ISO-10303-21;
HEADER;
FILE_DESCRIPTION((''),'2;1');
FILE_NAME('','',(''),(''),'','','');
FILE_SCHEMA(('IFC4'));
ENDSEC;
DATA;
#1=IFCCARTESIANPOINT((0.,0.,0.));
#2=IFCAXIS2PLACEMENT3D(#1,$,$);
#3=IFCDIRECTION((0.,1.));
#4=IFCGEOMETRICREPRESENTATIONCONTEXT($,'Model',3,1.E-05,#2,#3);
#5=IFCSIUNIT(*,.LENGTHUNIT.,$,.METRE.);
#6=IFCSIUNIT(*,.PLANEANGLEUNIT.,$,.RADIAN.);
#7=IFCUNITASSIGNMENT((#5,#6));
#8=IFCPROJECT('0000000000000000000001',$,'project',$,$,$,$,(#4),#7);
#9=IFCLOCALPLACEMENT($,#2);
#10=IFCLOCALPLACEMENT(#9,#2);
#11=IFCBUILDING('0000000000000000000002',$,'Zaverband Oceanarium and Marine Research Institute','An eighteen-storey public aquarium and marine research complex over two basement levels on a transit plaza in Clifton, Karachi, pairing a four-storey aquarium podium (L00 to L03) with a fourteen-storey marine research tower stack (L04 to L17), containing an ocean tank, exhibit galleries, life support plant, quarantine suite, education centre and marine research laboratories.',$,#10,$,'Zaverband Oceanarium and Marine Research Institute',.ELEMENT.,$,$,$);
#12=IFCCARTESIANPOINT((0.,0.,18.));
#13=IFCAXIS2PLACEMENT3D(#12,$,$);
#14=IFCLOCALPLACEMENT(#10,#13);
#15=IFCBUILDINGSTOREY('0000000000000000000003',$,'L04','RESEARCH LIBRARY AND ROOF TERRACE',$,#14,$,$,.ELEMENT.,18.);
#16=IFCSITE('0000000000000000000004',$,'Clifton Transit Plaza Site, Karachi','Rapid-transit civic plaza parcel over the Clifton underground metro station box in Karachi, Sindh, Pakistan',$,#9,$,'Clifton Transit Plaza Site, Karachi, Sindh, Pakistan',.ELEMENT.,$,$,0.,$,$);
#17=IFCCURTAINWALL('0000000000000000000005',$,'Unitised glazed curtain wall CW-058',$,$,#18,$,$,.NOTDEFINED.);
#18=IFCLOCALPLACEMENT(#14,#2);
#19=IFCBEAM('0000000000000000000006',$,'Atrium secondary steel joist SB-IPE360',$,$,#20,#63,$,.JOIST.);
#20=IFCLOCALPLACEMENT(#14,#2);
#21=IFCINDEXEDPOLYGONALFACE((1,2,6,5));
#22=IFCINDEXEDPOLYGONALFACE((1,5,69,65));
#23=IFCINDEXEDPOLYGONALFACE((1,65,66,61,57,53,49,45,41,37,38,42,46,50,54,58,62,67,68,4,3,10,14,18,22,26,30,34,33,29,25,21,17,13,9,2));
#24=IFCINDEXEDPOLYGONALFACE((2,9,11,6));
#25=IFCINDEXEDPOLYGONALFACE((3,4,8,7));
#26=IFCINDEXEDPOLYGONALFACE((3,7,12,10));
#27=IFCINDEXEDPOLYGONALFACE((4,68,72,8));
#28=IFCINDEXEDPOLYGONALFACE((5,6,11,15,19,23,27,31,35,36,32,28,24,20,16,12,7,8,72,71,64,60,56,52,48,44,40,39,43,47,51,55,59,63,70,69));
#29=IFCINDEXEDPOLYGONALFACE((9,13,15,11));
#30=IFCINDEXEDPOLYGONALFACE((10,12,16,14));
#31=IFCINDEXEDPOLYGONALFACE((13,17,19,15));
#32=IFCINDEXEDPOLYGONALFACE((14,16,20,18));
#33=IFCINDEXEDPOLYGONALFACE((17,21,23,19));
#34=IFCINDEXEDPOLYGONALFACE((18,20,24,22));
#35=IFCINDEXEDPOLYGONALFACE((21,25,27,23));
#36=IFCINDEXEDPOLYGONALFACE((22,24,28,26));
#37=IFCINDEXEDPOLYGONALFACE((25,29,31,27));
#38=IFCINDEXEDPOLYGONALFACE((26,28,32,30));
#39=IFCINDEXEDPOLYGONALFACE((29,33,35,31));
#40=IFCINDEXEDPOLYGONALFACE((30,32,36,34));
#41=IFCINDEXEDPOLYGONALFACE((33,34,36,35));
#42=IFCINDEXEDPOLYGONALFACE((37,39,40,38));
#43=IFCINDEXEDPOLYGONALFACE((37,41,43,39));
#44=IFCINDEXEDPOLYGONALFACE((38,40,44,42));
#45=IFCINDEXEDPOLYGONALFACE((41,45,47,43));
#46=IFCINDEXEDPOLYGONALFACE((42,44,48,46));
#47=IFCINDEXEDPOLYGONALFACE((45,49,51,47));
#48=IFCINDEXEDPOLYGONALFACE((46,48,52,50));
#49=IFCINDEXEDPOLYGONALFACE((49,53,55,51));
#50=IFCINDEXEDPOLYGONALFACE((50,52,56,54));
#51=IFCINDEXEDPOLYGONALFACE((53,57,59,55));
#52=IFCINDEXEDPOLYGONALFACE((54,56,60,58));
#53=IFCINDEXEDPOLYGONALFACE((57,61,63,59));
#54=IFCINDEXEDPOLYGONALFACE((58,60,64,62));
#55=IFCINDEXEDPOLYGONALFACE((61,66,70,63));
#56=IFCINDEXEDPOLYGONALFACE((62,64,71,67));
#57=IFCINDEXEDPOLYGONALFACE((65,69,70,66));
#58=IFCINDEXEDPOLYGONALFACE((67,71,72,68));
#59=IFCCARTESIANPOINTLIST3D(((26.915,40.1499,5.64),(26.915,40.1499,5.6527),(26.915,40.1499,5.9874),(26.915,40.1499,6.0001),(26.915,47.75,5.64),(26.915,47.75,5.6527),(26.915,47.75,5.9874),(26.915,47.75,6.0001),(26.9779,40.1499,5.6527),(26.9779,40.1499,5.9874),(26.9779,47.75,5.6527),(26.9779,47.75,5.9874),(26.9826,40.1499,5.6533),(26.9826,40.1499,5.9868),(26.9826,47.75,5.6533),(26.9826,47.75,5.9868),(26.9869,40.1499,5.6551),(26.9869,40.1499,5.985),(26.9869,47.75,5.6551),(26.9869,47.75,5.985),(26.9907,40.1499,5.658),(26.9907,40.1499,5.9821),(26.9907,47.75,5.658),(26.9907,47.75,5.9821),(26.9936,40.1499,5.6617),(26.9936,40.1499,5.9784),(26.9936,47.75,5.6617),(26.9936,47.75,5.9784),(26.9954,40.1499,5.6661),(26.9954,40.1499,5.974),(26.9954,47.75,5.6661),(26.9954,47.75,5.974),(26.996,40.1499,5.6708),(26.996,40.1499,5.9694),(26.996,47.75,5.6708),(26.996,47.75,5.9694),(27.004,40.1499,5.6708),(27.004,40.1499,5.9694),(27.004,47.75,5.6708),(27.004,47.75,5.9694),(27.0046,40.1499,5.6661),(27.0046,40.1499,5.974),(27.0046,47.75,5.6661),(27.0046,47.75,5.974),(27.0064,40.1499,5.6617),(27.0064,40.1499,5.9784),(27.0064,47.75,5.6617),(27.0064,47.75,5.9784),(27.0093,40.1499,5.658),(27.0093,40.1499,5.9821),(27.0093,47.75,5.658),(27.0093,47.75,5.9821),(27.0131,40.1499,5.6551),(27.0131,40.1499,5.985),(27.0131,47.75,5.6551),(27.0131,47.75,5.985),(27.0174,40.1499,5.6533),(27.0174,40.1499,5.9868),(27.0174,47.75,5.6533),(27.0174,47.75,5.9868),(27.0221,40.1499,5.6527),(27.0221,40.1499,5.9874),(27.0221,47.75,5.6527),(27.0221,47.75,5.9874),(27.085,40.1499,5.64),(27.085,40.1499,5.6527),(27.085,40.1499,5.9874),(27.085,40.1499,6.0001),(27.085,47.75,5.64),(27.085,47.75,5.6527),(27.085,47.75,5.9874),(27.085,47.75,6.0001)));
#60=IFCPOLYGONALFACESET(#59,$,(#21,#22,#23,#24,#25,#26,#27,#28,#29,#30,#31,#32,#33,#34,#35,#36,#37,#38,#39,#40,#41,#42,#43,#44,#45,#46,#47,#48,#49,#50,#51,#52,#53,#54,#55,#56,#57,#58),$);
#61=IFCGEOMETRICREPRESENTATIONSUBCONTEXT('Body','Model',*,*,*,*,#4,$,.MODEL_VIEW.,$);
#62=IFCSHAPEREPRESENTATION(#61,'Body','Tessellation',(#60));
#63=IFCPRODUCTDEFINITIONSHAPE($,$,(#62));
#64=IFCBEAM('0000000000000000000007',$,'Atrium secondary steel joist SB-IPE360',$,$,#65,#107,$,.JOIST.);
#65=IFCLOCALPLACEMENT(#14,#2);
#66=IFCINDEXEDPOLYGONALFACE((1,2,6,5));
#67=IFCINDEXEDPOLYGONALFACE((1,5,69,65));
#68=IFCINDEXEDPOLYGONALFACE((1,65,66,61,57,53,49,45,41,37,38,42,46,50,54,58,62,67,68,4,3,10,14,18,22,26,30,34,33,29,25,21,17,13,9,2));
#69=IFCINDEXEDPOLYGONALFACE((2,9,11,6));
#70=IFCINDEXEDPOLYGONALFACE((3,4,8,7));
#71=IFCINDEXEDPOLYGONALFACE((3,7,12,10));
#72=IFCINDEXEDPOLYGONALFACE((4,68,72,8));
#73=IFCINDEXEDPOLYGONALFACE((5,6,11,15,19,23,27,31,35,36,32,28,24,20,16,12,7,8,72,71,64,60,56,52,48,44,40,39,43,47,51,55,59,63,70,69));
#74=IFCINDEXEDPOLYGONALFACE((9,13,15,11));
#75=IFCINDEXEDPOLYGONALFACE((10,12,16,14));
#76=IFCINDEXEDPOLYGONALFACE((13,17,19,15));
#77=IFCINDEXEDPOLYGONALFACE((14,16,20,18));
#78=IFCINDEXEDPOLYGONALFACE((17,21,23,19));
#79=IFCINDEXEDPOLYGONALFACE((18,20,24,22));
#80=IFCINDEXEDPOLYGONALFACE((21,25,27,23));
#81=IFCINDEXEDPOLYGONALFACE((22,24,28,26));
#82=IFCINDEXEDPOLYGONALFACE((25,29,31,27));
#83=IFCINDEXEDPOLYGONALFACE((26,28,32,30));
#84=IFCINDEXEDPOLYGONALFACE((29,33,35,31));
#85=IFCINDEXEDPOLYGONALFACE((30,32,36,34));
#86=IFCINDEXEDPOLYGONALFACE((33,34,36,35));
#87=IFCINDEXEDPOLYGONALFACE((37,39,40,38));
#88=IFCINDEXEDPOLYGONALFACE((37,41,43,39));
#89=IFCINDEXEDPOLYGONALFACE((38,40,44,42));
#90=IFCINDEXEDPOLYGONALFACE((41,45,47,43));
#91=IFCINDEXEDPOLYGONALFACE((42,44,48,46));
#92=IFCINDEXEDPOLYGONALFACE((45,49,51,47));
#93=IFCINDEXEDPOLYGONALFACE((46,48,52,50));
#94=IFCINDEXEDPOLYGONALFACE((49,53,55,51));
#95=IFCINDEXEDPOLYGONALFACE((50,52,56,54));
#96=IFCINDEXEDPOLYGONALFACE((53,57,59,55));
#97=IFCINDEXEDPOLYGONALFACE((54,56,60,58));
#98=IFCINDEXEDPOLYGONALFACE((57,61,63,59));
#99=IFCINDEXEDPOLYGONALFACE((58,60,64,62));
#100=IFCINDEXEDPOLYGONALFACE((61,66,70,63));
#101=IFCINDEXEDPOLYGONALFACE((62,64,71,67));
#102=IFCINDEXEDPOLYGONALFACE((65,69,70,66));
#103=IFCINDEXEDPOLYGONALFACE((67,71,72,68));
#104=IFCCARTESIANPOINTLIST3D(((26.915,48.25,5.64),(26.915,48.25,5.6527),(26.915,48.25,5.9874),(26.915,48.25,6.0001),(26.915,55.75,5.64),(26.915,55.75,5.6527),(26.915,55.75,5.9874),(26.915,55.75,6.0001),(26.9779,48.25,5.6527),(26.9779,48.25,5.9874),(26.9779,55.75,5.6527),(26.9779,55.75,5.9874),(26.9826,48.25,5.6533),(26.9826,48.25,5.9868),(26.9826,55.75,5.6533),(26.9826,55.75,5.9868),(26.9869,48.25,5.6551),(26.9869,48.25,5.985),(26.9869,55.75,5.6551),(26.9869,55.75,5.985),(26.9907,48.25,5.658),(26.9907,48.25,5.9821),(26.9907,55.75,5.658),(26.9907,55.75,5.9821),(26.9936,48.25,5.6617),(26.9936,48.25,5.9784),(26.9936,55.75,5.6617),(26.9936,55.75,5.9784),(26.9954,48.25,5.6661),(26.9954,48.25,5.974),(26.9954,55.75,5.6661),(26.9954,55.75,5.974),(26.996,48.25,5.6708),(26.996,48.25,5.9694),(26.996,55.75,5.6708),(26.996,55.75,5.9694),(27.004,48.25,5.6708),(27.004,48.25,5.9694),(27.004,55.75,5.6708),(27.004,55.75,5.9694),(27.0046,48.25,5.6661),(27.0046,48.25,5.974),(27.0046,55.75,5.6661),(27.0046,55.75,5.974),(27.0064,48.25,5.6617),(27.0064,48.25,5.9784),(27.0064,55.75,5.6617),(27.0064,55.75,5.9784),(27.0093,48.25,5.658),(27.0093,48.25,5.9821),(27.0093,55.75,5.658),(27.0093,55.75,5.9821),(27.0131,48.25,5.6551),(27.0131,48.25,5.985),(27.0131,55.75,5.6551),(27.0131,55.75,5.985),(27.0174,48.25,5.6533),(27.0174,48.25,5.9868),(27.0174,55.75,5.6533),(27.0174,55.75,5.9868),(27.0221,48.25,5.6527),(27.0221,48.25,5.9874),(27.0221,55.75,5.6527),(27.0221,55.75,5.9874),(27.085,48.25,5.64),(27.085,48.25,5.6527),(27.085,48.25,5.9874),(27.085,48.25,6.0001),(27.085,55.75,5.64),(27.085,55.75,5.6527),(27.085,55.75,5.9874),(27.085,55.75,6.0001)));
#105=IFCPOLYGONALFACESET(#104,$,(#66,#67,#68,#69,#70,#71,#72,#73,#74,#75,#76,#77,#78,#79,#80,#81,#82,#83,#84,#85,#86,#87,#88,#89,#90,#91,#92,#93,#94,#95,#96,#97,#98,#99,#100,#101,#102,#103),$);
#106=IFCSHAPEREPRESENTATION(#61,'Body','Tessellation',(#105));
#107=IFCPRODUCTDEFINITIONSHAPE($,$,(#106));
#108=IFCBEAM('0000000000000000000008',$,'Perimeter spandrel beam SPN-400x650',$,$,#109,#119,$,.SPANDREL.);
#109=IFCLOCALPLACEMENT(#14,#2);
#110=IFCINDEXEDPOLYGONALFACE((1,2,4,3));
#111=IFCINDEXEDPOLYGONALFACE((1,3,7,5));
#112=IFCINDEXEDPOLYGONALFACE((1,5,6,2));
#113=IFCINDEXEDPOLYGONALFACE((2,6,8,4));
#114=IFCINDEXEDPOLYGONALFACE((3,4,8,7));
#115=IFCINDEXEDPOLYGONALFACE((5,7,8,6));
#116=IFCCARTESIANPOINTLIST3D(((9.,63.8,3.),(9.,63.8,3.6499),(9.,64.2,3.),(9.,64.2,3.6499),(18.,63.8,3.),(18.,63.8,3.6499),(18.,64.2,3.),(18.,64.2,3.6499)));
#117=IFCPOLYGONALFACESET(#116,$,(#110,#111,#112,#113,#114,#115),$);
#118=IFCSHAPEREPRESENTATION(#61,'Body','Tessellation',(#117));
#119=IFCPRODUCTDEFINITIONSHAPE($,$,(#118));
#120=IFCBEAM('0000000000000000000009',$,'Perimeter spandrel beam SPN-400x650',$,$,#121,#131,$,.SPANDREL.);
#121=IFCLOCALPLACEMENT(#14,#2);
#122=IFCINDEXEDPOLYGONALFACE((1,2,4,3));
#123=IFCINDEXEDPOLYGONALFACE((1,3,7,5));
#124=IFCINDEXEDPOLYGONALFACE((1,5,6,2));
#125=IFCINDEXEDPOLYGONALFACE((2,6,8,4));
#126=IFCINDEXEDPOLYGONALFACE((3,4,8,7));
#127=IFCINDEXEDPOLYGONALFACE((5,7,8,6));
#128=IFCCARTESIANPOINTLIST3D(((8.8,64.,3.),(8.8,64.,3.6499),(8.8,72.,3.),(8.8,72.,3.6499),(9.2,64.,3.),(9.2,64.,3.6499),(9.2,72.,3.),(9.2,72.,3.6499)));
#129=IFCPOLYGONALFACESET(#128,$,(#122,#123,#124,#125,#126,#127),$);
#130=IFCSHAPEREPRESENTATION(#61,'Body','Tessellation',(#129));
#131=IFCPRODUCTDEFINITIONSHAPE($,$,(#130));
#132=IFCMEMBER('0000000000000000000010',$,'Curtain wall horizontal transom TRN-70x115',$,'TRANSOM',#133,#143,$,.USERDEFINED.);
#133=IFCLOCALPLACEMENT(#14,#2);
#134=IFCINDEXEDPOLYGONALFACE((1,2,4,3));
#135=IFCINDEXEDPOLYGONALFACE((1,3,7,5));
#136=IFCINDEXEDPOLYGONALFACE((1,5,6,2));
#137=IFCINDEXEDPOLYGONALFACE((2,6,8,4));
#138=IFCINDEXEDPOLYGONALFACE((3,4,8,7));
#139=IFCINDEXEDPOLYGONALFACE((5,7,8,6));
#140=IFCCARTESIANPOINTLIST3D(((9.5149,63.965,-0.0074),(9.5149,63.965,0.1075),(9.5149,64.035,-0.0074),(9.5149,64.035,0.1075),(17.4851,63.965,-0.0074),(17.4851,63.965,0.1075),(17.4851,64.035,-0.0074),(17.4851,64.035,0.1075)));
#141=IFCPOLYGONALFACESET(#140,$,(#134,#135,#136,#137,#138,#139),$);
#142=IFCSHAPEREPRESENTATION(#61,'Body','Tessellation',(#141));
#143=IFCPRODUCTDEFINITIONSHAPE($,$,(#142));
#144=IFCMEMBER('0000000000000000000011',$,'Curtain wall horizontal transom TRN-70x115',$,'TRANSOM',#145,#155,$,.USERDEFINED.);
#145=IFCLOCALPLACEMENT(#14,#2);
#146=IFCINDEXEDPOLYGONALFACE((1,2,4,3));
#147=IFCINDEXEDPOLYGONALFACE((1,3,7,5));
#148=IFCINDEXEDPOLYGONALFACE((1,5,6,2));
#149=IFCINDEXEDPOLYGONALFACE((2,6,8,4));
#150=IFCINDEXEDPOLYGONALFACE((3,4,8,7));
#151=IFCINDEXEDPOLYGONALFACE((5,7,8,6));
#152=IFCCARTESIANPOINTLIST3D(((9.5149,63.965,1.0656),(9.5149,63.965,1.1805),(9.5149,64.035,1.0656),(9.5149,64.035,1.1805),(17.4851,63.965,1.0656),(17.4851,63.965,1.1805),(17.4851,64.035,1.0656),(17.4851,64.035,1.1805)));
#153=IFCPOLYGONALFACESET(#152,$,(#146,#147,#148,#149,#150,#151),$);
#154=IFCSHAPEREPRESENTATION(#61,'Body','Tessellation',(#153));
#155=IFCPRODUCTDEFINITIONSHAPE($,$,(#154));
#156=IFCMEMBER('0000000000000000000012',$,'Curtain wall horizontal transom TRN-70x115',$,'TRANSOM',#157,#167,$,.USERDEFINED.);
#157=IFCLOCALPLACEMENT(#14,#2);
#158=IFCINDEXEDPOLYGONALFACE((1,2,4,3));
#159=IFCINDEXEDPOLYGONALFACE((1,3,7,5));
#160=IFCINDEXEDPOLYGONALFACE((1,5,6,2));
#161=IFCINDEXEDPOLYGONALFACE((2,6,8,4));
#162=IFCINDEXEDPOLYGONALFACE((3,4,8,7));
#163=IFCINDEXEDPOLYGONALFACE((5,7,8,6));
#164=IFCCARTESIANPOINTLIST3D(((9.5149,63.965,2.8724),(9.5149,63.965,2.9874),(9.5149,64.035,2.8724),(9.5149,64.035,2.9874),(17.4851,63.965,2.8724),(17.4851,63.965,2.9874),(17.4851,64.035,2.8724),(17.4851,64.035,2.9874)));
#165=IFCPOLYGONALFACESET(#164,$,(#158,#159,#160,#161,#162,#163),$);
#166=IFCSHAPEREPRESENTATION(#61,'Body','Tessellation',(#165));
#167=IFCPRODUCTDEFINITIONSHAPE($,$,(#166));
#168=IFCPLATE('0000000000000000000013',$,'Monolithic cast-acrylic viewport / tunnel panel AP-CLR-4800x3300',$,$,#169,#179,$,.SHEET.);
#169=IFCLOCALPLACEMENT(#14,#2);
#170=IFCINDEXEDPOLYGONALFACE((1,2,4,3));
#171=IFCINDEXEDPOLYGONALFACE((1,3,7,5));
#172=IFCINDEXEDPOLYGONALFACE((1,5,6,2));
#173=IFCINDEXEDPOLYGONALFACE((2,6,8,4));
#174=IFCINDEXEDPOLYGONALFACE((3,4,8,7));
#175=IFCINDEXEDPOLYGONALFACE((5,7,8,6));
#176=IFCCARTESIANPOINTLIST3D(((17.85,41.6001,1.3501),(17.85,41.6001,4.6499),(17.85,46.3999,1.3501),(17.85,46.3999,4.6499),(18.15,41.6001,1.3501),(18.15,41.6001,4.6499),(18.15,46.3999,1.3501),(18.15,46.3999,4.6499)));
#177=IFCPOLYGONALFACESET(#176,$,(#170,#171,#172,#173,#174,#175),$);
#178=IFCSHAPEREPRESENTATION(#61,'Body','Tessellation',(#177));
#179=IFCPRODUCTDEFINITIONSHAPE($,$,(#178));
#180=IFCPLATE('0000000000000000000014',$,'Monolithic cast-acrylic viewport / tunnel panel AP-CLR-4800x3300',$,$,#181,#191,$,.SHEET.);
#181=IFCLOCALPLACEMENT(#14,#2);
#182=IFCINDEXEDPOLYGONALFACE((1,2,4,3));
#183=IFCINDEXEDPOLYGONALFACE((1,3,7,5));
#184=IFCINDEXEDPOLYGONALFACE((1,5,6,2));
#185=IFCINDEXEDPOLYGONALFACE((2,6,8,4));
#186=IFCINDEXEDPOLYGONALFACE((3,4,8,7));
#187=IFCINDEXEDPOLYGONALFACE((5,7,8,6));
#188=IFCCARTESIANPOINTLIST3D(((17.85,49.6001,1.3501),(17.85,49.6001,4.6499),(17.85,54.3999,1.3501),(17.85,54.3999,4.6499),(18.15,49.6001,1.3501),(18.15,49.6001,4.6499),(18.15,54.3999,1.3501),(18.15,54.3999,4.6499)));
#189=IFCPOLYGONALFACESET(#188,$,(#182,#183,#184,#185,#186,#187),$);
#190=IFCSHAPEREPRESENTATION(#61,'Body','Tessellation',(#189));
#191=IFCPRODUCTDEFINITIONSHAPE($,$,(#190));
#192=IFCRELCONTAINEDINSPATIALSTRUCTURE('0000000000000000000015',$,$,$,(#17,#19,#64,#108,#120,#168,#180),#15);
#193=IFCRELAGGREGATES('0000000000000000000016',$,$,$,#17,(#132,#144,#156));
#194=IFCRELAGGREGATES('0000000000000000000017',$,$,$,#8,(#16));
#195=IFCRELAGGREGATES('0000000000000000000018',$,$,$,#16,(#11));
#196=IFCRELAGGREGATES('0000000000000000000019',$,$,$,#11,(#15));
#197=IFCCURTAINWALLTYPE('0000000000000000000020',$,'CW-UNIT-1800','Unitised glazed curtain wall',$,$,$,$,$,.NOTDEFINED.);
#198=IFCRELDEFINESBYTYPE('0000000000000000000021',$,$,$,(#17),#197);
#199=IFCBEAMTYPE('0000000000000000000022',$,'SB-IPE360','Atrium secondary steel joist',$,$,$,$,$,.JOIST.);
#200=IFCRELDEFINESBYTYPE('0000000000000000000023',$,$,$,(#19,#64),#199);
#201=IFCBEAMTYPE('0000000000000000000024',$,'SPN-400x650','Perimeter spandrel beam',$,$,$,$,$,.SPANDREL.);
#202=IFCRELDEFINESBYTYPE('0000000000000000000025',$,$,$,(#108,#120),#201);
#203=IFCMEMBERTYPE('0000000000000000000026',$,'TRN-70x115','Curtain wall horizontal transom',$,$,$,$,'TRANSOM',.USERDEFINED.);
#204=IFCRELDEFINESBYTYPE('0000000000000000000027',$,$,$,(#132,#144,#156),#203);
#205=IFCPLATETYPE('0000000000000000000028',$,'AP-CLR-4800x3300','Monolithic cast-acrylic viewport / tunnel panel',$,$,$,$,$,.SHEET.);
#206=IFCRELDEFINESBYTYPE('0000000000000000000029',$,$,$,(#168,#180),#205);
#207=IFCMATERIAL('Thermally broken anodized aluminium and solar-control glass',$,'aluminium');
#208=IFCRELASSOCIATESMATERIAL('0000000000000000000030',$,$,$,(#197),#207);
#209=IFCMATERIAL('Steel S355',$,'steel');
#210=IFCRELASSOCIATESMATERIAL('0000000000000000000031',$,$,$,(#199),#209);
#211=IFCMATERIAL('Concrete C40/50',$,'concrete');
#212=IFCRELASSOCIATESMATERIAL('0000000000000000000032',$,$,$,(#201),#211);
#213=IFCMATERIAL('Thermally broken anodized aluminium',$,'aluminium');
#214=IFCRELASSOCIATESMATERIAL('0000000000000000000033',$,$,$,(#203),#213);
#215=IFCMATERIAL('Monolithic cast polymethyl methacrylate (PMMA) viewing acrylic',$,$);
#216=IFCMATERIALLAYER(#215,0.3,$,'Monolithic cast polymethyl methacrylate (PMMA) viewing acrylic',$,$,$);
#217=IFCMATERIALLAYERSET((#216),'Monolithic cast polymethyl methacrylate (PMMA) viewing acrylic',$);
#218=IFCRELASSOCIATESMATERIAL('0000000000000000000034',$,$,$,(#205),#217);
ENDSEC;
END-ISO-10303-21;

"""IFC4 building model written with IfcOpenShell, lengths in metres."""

from ifc_helpers import new_model, si_unit, direction, frame, frame_2d, origin, origin_2d, place, context, subcontext, project, spatial, rectangle, i_section, extrude, material, layer, layer_set, material_profile, profile_set, type_object, element, aggregate, save


model = new_model("IFC4")

# Units and contexts
model_context = context("Model", 3, precision=1e-05, world=origin(), true_north=direction((0.0, 1.0)))
body_context = subcontext(model_context, "Body", "Model", "MODEL_VIEW")
ifc_project = project(units=[si_unit("LENGTHUNIT", "METRE"), si_unit("PLANEANGLEUNIT", "RADIAN")], contexts=[model_context])

# Site, building, storey
site_placement = place(None, origin())
site = spatial("IfcSite", under=ifc_project, at=site_placement, Name="Clifton Transit Plaza Site, Karachi", Description="Rapid-transit civic plaza parcel over the Clifton underground metro station box in Karachi, Sindh, Pakistan", LongName="Clifton Transit Plaza Site, Karachi, Sindh, Pakistan", CompositionType="ELEMENT", RefElevation=0.0)
building_placement = place(site_placement, origin())
building = spatial("IfcBuilding", under=site, at=building_placement, Name="Zaverband Oceanarium and Marine Research Institute", Description="An eighteen-storey public aquarium and marine research complex over two basement levels on a transit plaza in Clifton, Karachi, pairing a four-storey aquarium podium (L00 to L03) with a fourteen-storey marine research tower stack (L04 to L17), containing an ocean tank, exhibit galleries, life support plant, quarantine suite, education centre and marine research laboratories.", LongName="Zaverband Oceanarium and Marine Research Institute", CompositionType="ELEMENT")
storey_placement = place(building_placement, frame((0.0, 0.0, 18.0)))
storey = spatial("IfcBuildingStorey", under=building, at=storey_placement, Name="L04", Description="RESEARCH LIBRARY AND ROOF TERRACE", CompositionType="ELEMENT", Elevation=18.0)

# Shared definitions
ifc_material_1 = material(Name="Steel S355", Category="steel")

# Curtain wall
ifc_material_2 = material(Name="Thermally broken anodized aluminium and solar-control glass", Category="aluminium")
curtain_wall_type = type_object("IfcCurtainWallType", Name="CW-UNIT-1800", Description="Unitised glazed curtain wall", PredefinedType="NOTDEFINED", material=ifc_material_2)
curtain_wall_placement = place(storey_placement, origin())
curtain_wall = element("IfcCurtainWall", 1, at=curtain_wall_placement, inside=storey, type_object=curtain_wall_type, Name="Unitised glazed curtain wall CW-058", PredefinedType="NOTDEFINED")
ifc_material_3 = material(Name="Thermally broken anodized aluminium", Category="aluminium")

# Beams
ifc_material_profile_1 = material_profile(ifc_material_1, i_section(OverallWidth=0.1699, OverallDepth=0.3601, WebThickness=0.0081, FlangeThickness=0.0127, FilletRadius=0.0181, at=origin_2d()), Name="IPE360")
ifc_profile_set_1 = profile_set([ifc_material_profile_1], Name="Steel S355")
beam_type_1 = type_object("IfcBeamType", Name="SB-IPE360", Description="Atrium secondary steel joist", PredefinedType="JOIST", material=ifc_profile_set_1)
beam_1_placement = place(storey_placement, frame((27.0, 40.1499, 5.8201), z_axis=(0.0, 1.0, 0.0), x_axis=(-1.0, 0.0, 0.0)))
element("IfcBeam", 2, at=beam_1_placement, inside=storey, type_object=beam_type_1, Name="Atrium secondary steel joist SB-IPE360", PredefinedType="JOIST", context=body_context, shape_type="SweptSolid", body=[
    extrude(i_section(OverallWidth=0.1699, OverallDepth=0.3601, WebThickness=0.0081, FlangeThickness=0.0127, FilletRadius=0.0181, at=origin_2d()), origin(), (0.0, 0.0, 1.0), 7.6001),
])
beam_2_placement = place(storey_placement, frame((27.0, 48.25, 5.8201), z_axis=(0.0, 1.0, 0.0), x_axis=(-1.0, 0.0, 0.0)))
element("IfcBeam", 3, at=beam_2_placement, inside=storey, type_object=beam_type_1, Name="Atrium secondary steel joist SB-IPE360", PredefinedType="JOIST", context=body_context, shape_type="SweptSolid", body=[
    extrude(i_section(OverallWidth=0.1699, OverallDepth=0.3601, WebThickness=0.0081, FlangeThickness=0.0127, FilletRadius=0.0181, at=origin_2d()), origin(), (0.0, 0.0, 1.0), 7.5),
])
ifc_material_4 = material(Name="Concrete C40/50", Category="concrete")
ifc_material_profile_2 = material_profile(ifc_material_4, rectangle(XDim=0.3999, YDim=0.6499, at=origin_2d()), Name="RC400x650")
ifc_profile_set_2 = profile_set([ifc_material_profile_2], Name="Concrete C40/50")
beam_type_2 = type_object("IfcBeamType", Name="SPN-400x650", Description="Perimeter spandrel beam", PredefinedType="SPANDREL", material=ifc_profile_set_2)
beam_3_placement = place(storey_placement, frame((9.0, 64.0, 3.325), z_axis=(1.0, 0.0, 0.0), x_axis=(0.0, 1.0, 0.0)))
element("IfcBeam", 4, at=beam_3_placement, inside=storey, type_object=beam_type_2, Name="Perimeter spandrel beam SPN-400x650", PredefinedType="SPANDREL", context=body_context, shape_type="SweptSolid", body=[
    extrude(rectangle(XDim=0.3999, YDim=0.6499, at=origin_2d()), origin(), (0.0, 0.0, 1.0), 9.0),
])
beam_4_placement = place(storey_placement, frame((9.0, 64.0, 3.325), z_axis=(0.0, 1.0, 0.0), x_axis=(-1.0, 0.0, 0.0)))
element("IfcBeam", 5, at=beam_4_placement, inside=storey, type_object=beam_type_2, Name="Perimeter spandrel beam SPN-400x650", PredefinedType="SPANDREL", context=body_context, shape_type="SweptSolid", body=[
    extrude(rectangle(XDim=0.3999, YDim=0.6499, at=origin_2d()), origin(), (0.0, 0.0, 1.0), 8.0),
])

# Members
ifc_material_profile_3 = material_profile(ifc_material_3, rectangle(XDim=0.0701, YDim=0.115, at=origin_2d()), Name="AL-TRN-70x115")
ifc_profile_set_3 = profile_set([ifc_material_profile_3], Name="Thermally broken anodized aluminium")
member_type_1 = type_object("IfcMemberType", Name="TRN-70x115", Description="Curtain wall horizontal transom", ElementType="TRANSOM", PredefinedType="USERDEFINED", material=ifc_profile_set_3)
member_1_placement = place(storey_placement, frame((9.5149, 64.0, 0.05), z_axis=(1.0, 0.0, 0.0), x_axis=(0.0, 1.0, 0.0)))
member_1 = element("IfcMember", 6, at=member_1_placement, type_object=member_type_1, Name="Curtain wall horizontal transom TRN-70x115", ObjectType="TRANSOM", PredefinedType="USERDEFINED", context=body_context, shape_type="SweptSolid", body=[
    extrude(rectangle(XDim=0.0701, YDim=0.115, at=origin_2d()), origin(), (0.0, 0.0, 1.0), 7.9702),
])
member_2_placement = place(storey_placement, frame((9.5149, 64.0, 1.123), z_axis=(1.0, 0.0, 0.0), x_axis=(0.0, 1.0, 0.0)))
member_2 = element("IfcMember", 7, at=member_2_placement, type_object=member_type_1, Name="Curtain wall horizontal transom TRN-70x115", ObjectType="TRANSOM", PredefinedType="USERDEFINED", context=body_context, shape_type="SweptSolid", body=[
    extrude(rectangle(XDim=0.0701, YDim=0.115, at=origin_2d()), origin(), (0.0, 0.0, 1.0), 7.9702),
])
member_3_placement = place(storey_placement, frame((9.5149, 64.0, 2.9299), z_axis=(1.0, 0.0, 0.0), x_axis=(0.0, 1.0, 0.0)))
member_3 = element("IfcMember", 8, at=member_3_placement, type_object=member_type_1, Name="Curtain wall horizontal transom TRN-70x115", ObjectType="TRANSOM", PredefinedType="USERDEFINED", context=body_context, shape_type="SweptSolid", body=[
    extrude(rectangle(XDim=0.0701, YDim=0.115, at=origin_2d()), origin(), (0.0, 0.0, 1.0), 7.9702),
])

# Plates
ifc_material_5 = material(Name="Monolithic cast polymethyl methacrylate (PMMA) viewing acrylic")
ifc_layer_1 = layer(ifc_material_5, 0.3, Name="Monolithic cast polymethyl methacrylate (PMMA) viewing acrylic")
ifc_layer_set_1 = layer_set([ifc_layer_1], Name="Monolithic cast polymethyl methacrylate (PMMA) viewing acrylic")
plate_type_1 = type_object("IfcPlateType", Name="AP-CLR-4800x3300", Description="Monolithic cast-acrylic viewport / tunnel panel", PredefinedType="SHEET", material=ifc_layer_set_1)
for number, where, z_axis, x_axis, name in (
    (9, (18.0, 41.6001, 1.3501), (0.0, 0.0, 1.0), (0.0, 1.0, 0.0), "Monolithic cast-acrylic viewport / tunnel panel AP-CLR-4800x3300"),
    (10, (18.0, 49.6001, 1.3501), (0.0, 0.0, 1.0), (0.0, 1.0, 0.0), "Monolithic cast-acrylic viewport / tunnel panel AP-CLR-4800x3300"),
):
    element("IfcPlate", number, at=place(storey_placement, frame(where, z_axis=z_axis, x_axis=x_axis)), inside=storey, type_object=plate_type_1, Name=name, PredefinedType="SHEET", context=body_context, shape_type="SweptSolid", body=[
        extrude(rectangle(XDim=4.7998, YDim=0.3, at=frame_2d((2.3999, 0.0))), origin(), (0.0, 0.0, 1.0), 3.2998),
    ])

aggregate(curtain_wall, [member_1, member_2, member_3])

save(model, "model.ifc")
